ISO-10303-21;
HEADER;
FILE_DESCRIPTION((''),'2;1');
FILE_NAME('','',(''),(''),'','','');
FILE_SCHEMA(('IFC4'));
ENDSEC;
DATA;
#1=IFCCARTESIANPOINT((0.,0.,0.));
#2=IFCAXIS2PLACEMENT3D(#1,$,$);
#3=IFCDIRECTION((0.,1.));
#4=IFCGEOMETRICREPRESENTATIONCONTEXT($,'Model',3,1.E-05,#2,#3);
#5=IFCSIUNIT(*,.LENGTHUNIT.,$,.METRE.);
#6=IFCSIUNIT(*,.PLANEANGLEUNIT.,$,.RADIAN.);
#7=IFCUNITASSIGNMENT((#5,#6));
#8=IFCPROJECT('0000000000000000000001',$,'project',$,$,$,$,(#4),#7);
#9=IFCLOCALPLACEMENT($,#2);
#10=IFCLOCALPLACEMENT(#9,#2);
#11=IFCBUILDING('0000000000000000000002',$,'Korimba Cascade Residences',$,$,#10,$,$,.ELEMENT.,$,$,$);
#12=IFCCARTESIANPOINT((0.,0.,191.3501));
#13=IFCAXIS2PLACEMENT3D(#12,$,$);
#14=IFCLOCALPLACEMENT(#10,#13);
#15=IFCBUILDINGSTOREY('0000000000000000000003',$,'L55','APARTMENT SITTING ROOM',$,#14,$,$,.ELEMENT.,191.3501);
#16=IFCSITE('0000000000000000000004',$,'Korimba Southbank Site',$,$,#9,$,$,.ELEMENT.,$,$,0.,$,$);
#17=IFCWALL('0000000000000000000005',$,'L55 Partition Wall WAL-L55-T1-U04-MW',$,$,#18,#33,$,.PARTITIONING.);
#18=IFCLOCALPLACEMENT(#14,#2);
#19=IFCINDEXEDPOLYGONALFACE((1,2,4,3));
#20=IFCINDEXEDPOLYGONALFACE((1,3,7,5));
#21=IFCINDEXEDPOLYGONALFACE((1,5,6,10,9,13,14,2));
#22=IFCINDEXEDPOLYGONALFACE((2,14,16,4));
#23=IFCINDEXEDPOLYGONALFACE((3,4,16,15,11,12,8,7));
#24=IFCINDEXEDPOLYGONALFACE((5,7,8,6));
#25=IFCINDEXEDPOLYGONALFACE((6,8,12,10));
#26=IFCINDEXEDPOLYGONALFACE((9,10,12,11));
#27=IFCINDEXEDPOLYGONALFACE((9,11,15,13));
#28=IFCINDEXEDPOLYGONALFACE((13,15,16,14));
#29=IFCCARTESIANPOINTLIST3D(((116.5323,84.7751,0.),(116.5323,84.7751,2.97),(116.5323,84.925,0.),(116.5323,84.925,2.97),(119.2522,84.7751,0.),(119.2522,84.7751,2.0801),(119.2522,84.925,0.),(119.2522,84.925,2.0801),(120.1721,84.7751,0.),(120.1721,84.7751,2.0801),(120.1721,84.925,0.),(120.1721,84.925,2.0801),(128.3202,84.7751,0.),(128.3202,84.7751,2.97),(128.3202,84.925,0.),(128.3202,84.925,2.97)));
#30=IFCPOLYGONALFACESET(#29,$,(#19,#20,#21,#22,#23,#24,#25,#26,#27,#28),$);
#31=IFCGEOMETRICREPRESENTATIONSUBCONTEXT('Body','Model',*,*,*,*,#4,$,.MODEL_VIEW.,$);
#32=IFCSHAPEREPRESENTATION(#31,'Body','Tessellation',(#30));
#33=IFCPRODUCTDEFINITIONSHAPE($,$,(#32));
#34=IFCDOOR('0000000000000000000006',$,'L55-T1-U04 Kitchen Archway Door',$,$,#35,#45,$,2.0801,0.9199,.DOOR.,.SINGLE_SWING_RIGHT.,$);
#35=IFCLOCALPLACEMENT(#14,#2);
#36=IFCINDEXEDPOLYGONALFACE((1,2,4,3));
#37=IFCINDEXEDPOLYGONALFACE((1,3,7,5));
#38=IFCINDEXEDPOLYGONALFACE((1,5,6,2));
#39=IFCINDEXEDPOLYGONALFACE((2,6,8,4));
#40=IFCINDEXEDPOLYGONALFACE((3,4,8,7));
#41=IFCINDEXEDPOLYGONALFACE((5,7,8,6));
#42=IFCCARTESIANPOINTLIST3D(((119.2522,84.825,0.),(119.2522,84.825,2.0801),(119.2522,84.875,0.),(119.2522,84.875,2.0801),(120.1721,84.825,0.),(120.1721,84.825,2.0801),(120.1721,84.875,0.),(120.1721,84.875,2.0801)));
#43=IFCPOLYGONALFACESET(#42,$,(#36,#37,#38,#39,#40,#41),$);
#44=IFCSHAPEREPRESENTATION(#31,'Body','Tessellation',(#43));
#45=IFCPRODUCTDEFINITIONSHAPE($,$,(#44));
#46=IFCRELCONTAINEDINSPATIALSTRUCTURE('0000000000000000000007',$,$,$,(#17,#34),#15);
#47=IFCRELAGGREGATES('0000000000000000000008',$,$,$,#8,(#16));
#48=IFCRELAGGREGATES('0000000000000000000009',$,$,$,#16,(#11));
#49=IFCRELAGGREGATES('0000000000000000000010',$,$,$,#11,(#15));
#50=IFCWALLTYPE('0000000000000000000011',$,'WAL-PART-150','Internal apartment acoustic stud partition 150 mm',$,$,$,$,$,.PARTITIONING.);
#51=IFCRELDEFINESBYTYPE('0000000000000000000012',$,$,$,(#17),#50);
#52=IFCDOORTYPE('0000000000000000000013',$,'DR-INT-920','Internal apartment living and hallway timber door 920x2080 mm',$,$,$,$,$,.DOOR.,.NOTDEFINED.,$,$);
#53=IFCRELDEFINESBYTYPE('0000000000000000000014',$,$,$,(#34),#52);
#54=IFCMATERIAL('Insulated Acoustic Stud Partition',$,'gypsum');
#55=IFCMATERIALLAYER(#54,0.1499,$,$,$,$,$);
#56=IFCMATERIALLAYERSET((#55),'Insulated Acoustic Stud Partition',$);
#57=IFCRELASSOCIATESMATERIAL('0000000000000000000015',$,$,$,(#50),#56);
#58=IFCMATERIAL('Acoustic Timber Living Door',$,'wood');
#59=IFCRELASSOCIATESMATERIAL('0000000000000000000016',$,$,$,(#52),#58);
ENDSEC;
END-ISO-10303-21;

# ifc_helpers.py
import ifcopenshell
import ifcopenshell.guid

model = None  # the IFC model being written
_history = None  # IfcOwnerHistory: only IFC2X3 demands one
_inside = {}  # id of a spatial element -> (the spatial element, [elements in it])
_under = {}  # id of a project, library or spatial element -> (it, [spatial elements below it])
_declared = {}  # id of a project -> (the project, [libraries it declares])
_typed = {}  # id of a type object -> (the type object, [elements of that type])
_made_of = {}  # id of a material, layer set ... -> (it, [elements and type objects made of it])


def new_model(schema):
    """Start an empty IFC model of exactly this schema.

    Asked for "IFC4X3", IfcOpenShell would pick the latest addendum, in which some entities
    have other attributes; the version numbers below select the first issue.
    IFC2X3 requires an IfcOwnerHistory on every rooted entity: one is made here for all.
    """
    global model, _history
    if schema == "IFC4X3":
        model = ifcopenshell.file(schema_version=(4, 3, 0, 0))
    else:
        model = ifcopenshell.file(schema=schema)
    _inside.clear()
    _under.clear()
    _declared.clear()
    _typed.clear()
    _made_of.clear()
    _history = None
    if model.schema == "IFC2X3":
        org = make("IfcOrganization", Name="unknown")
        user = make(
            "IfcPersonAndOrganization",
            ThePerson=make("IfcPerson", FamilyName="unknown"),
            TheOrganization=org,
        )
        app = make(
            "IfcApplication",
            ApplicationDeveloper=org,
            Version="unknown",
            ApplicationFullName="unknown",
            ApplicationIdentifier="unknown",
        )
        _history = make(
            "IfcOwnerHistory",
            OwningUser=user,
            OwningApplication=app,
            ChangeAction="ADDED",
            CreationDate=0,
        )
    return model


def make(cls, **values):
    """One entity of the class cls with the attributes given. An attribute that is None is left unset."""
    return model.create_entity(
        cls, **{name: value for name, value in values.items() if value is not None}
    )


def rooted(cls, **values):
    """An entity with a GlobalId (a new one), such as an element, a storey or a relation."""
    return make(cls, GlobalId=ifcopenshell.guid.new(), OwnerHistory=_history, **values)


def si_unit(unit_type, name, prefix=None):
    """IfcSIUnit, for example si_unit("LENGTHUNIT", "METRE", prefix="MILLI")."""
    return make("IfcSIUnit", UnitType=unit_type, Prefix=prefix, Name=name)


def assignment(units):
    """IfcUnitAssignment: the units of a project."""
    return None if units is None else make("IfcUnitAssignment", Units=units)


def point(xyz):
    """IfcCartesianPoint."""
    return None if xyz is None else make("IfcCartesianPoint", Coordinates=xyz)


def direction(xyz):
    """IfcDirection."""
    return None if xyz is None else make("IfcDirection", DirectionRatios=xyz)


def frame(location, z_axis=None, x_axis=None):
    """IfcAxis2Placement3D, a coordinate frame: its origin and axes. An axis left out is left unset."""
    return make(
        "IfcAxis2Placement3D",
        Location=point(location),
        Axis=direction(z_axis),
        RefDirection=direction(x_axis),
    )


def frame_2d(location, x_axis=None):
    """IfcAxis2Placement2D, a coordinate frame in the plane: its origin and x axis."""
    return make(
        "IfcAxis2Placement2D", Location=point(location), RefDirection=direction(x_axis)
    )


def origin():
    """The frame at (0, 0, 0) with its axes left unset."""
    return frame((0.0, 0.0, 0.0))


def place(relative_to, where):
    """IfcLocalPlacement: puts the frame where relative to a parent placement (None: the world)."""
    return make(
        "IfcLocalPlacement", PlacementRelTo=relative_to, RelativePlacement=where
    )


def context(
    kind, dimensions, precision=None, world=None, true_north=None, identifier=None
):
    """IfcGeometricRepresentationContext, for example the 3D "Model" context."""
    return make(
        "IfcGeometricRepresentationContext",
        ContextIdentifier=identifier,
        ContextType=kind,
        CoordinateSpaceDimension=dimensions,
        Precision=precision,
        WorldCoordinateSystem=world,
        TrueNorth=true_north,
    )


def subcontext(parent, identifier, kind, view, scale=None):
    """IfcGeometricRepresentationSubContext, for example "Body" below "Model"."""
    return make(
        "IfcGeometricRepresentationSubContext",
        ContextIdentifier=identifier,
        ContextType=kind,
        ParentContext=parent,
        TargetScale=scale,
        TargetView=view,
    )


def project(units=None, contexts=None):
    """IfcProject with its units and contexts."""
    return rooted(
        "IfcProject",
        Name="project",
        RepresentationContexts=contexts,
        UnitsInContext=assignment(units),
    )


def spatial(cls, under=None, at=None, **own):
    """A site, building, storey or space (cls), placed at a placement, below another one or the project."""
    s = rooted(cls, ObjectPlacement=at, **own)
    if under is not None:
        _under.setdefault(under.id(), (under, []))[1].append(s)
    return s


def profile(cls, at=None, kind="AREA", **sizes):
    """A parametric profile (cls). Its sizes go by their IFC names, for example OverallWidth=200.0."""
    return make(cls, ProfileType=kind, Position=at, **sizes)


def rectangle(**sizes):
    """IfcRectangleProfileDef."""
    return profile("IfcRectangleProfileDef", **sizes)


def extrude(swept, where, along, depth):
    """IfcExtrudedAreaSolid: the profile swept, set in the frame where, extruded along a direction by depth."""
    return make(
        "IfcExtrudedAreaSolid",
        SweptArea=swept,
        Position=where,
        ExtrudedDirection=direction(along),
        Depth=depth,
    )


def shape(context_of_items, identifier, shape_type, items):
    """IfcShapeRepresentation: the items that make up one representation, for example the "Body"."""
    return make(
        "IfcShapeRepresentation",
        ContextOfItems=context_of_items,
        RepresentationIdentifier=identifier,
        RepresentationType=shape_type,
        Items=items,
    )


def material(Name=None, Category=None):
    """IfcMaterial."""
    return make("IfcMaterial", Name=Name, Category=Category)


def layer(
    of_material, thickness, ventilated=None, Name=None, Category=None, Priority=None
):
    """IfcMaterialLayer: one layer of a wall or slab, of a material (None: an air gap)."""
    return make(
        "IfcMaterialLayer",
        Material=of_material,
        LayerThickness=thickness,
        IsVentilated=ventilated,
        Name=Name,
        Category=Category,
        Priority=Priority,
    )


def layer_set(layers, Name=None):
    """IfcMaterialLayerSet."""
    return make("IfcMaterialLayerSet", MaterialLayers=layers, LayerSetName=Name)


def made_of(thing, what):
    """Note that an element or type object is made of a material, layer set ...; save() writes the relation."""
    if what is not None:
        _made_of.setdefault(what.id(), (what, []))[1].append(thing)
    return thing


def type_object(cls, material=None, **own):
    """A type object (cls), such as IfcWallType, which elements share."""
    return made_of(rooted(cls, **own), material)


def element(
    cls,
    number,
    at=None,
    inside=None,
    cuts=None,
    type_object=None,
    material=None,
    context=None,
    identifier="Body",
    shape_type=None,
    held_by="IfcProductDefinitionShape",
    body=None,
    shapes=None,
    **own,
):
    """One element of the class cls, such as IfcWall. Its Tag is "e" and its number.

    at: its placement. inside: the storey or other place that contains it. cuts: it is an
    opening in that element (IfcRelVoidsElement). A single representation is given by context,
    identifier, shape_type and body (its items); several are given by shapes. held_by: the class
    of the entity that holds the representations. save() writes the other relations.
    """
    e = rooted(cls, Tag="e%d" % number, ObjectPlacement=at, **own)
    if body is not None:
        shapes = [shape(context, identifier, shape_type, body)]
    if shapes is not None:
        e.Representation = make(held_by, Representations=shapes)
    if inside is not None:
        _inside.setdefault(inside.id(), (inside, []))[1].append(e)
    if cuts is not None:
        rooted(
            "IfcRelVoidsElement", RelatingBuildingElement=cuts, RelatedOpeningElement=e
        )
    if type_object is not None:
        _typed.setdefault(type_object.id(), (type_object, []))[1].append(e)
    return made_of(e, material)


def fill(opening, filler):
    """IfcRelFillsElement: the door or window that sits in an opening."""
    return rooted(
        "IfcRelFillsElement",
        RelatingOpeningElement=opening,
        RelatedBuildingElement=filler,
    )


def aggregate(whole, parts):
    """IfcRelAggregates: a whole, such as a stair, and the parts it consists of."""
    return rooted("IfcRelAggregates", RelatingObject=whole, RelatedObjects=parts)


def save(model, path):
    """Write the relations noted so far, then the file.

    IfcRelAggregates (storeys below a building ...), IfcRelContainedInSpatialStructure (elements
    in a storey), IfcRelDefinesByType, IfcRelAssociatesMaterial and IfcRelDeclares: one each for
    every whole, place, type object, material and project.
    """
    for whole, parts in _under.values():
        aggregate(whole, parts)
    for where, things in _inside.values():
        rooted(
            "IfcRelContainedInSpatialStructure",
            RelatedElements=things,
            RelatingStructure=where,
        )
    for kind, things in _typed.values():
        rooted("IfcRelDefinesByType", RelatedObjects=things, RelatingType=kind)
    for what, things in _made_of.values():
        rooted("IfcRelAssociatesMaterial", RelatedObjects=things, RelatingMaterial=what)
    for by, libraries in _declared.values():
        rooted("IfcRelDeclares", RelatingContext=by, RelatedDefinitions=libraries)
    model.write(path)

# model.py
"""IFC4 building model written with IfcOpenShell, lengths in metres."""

from ifc_helpers import new_model, si_unit, direction, frame, frame_2d, origin, place, context, subcontext, project, spatial, rectangle, extrude, material, layer, layer_set, type_object, element, fill, save


model = new_model("IFC4")

# Units and contexts
model_context = context("Model", 3, precision=1e-05, world=origin(), true_north=direction((0.0, 1.0)))
body_context = subcontext(model_context, "Body", "Model", "MODEL_VIEW")
ifc_project = project(units=[si_unit("LENGTHUNIT", "METRE"), si_unit("PLANEANGLEUNIT", "RADIAN")], contexts=[model_context])

# Site, building, storey
site_placement = place(None, origin())
site = spatial("IfcSite", under=ifc_project, at=site_placement, Name="Korimba Southbank Site", CompositionType="ELEMENT", RefElevation=0.0)
building_placement = place(site_placement, origin())
building = spatial("IfcBuilding", under=site, at=building_placement, Name="Korimba Cascade Residences", CompositionType="ELEMENT")
storey_placement = place(building_placement, frame((0.0, 0.0, 191.3501)))
storey = spatial("IfcBuildingStorey", under=building, at=storey_placement, Name="L55", Description="APARTMENT SITTING ROOM", CompositionType="ELEMENT", Elevation=191.3501)

# Wall, opening, door
ifc_material_1 = material(Name="Insulated Acoustic Stud Partition", Category="gypsum")
ifc_layer_1 = layer(ifc_material_1, 0.1499)
ifc_layer_set_1 = layer_set([ifc_layer_1], Name="Insulated Acoustic Stud Partition")
wall_type_1 = type_object("IfcWallType", Name="WAL-PART-150", Description="Internal apartment acoustic stud partition 150 mm", PredefinedType="PARTITIONING", material=ifc_layer_set_1)
wall_1_placement = place(storey_placement, frame((116.5322, 84.8501, 0.0), z_axis=(0.0, 0.0, 1.0), x_axis=(1.0, 0.0, 0.0)))
wall_1 = element("IfcWall", 1, at=wall_1_placement, inside=storey, type_object=wall_type_1, Name="L55 Partition Wall WAL-L55-T1-U04-MW", PredefinedType="PARTITIONING", context=body_context, shape_type="SweptSolid", body=[
    extrude(rectangle(XDim=11.7878, YDim=0.1499, at=frame_2d((5.894, 0.0))), origin(), (0.0, 0.0, 1.0), 2.97),
])
opening_1_placement = place(wall_1_placement, frame((2.72, 0.0, 0.0)))
opening_1 = element("IfcOpeningElement", 2, at=opening_1_placement, cuts=wall_1, PredefinedType="OPENING", context=body_context, shape_type="SweptSolid", body=[
    extrude(rectangle(XDim=0.9199, YDim=2.0801, at=frame_2d((0.46, 1.04))), frame((0.0, 0.085, 0.0), z_axis=(0.0, -1.0, 0.0), x_axis=(1.0, 0.0, 0.0)), (0.0, 0.0, 1.0), 0.1699),
])
ifc_material_2 = material(Name="Acoustic Timber Living Door", Category="wood")
door_type_1 = type_object("IfcDoorType", Name="DR-INT-920", Description="Internal apartment living and hallway timber door 920x2080 mm", OperationType="NOTDEFINED", PredefinedType="DOOR", material=ifc_material_2)
door_1_placement = place(opening_1_placement, origin())
door_1 = element("IfcDoor", 3, at=door_1_placement, inside=storey, type_object=door_type_1, Name="L55-T1-U04 Kitchen Archway Door", OperationType="SINGLE_SWING_RIGHT", OverallHeight=2.0801, OverallWidth=0.9199, PredefinedType="DOOR", context=body_context, shape_type="SweptSolid", body=[
    extrude(rectangle(XDim=0.9199, YDim=2.0801, at=frame_2d((0.46, 1.04))), frame((0.0, 0.0249, 0.0), z_axis=(0.0, -1.0, 0.0), x_axis=(1.0, 0.0, 0.0)), (0.0, 0.0, 1.0), 0.05),
])
fill(opening_1, door_1)

save(model, "model.ifc")
